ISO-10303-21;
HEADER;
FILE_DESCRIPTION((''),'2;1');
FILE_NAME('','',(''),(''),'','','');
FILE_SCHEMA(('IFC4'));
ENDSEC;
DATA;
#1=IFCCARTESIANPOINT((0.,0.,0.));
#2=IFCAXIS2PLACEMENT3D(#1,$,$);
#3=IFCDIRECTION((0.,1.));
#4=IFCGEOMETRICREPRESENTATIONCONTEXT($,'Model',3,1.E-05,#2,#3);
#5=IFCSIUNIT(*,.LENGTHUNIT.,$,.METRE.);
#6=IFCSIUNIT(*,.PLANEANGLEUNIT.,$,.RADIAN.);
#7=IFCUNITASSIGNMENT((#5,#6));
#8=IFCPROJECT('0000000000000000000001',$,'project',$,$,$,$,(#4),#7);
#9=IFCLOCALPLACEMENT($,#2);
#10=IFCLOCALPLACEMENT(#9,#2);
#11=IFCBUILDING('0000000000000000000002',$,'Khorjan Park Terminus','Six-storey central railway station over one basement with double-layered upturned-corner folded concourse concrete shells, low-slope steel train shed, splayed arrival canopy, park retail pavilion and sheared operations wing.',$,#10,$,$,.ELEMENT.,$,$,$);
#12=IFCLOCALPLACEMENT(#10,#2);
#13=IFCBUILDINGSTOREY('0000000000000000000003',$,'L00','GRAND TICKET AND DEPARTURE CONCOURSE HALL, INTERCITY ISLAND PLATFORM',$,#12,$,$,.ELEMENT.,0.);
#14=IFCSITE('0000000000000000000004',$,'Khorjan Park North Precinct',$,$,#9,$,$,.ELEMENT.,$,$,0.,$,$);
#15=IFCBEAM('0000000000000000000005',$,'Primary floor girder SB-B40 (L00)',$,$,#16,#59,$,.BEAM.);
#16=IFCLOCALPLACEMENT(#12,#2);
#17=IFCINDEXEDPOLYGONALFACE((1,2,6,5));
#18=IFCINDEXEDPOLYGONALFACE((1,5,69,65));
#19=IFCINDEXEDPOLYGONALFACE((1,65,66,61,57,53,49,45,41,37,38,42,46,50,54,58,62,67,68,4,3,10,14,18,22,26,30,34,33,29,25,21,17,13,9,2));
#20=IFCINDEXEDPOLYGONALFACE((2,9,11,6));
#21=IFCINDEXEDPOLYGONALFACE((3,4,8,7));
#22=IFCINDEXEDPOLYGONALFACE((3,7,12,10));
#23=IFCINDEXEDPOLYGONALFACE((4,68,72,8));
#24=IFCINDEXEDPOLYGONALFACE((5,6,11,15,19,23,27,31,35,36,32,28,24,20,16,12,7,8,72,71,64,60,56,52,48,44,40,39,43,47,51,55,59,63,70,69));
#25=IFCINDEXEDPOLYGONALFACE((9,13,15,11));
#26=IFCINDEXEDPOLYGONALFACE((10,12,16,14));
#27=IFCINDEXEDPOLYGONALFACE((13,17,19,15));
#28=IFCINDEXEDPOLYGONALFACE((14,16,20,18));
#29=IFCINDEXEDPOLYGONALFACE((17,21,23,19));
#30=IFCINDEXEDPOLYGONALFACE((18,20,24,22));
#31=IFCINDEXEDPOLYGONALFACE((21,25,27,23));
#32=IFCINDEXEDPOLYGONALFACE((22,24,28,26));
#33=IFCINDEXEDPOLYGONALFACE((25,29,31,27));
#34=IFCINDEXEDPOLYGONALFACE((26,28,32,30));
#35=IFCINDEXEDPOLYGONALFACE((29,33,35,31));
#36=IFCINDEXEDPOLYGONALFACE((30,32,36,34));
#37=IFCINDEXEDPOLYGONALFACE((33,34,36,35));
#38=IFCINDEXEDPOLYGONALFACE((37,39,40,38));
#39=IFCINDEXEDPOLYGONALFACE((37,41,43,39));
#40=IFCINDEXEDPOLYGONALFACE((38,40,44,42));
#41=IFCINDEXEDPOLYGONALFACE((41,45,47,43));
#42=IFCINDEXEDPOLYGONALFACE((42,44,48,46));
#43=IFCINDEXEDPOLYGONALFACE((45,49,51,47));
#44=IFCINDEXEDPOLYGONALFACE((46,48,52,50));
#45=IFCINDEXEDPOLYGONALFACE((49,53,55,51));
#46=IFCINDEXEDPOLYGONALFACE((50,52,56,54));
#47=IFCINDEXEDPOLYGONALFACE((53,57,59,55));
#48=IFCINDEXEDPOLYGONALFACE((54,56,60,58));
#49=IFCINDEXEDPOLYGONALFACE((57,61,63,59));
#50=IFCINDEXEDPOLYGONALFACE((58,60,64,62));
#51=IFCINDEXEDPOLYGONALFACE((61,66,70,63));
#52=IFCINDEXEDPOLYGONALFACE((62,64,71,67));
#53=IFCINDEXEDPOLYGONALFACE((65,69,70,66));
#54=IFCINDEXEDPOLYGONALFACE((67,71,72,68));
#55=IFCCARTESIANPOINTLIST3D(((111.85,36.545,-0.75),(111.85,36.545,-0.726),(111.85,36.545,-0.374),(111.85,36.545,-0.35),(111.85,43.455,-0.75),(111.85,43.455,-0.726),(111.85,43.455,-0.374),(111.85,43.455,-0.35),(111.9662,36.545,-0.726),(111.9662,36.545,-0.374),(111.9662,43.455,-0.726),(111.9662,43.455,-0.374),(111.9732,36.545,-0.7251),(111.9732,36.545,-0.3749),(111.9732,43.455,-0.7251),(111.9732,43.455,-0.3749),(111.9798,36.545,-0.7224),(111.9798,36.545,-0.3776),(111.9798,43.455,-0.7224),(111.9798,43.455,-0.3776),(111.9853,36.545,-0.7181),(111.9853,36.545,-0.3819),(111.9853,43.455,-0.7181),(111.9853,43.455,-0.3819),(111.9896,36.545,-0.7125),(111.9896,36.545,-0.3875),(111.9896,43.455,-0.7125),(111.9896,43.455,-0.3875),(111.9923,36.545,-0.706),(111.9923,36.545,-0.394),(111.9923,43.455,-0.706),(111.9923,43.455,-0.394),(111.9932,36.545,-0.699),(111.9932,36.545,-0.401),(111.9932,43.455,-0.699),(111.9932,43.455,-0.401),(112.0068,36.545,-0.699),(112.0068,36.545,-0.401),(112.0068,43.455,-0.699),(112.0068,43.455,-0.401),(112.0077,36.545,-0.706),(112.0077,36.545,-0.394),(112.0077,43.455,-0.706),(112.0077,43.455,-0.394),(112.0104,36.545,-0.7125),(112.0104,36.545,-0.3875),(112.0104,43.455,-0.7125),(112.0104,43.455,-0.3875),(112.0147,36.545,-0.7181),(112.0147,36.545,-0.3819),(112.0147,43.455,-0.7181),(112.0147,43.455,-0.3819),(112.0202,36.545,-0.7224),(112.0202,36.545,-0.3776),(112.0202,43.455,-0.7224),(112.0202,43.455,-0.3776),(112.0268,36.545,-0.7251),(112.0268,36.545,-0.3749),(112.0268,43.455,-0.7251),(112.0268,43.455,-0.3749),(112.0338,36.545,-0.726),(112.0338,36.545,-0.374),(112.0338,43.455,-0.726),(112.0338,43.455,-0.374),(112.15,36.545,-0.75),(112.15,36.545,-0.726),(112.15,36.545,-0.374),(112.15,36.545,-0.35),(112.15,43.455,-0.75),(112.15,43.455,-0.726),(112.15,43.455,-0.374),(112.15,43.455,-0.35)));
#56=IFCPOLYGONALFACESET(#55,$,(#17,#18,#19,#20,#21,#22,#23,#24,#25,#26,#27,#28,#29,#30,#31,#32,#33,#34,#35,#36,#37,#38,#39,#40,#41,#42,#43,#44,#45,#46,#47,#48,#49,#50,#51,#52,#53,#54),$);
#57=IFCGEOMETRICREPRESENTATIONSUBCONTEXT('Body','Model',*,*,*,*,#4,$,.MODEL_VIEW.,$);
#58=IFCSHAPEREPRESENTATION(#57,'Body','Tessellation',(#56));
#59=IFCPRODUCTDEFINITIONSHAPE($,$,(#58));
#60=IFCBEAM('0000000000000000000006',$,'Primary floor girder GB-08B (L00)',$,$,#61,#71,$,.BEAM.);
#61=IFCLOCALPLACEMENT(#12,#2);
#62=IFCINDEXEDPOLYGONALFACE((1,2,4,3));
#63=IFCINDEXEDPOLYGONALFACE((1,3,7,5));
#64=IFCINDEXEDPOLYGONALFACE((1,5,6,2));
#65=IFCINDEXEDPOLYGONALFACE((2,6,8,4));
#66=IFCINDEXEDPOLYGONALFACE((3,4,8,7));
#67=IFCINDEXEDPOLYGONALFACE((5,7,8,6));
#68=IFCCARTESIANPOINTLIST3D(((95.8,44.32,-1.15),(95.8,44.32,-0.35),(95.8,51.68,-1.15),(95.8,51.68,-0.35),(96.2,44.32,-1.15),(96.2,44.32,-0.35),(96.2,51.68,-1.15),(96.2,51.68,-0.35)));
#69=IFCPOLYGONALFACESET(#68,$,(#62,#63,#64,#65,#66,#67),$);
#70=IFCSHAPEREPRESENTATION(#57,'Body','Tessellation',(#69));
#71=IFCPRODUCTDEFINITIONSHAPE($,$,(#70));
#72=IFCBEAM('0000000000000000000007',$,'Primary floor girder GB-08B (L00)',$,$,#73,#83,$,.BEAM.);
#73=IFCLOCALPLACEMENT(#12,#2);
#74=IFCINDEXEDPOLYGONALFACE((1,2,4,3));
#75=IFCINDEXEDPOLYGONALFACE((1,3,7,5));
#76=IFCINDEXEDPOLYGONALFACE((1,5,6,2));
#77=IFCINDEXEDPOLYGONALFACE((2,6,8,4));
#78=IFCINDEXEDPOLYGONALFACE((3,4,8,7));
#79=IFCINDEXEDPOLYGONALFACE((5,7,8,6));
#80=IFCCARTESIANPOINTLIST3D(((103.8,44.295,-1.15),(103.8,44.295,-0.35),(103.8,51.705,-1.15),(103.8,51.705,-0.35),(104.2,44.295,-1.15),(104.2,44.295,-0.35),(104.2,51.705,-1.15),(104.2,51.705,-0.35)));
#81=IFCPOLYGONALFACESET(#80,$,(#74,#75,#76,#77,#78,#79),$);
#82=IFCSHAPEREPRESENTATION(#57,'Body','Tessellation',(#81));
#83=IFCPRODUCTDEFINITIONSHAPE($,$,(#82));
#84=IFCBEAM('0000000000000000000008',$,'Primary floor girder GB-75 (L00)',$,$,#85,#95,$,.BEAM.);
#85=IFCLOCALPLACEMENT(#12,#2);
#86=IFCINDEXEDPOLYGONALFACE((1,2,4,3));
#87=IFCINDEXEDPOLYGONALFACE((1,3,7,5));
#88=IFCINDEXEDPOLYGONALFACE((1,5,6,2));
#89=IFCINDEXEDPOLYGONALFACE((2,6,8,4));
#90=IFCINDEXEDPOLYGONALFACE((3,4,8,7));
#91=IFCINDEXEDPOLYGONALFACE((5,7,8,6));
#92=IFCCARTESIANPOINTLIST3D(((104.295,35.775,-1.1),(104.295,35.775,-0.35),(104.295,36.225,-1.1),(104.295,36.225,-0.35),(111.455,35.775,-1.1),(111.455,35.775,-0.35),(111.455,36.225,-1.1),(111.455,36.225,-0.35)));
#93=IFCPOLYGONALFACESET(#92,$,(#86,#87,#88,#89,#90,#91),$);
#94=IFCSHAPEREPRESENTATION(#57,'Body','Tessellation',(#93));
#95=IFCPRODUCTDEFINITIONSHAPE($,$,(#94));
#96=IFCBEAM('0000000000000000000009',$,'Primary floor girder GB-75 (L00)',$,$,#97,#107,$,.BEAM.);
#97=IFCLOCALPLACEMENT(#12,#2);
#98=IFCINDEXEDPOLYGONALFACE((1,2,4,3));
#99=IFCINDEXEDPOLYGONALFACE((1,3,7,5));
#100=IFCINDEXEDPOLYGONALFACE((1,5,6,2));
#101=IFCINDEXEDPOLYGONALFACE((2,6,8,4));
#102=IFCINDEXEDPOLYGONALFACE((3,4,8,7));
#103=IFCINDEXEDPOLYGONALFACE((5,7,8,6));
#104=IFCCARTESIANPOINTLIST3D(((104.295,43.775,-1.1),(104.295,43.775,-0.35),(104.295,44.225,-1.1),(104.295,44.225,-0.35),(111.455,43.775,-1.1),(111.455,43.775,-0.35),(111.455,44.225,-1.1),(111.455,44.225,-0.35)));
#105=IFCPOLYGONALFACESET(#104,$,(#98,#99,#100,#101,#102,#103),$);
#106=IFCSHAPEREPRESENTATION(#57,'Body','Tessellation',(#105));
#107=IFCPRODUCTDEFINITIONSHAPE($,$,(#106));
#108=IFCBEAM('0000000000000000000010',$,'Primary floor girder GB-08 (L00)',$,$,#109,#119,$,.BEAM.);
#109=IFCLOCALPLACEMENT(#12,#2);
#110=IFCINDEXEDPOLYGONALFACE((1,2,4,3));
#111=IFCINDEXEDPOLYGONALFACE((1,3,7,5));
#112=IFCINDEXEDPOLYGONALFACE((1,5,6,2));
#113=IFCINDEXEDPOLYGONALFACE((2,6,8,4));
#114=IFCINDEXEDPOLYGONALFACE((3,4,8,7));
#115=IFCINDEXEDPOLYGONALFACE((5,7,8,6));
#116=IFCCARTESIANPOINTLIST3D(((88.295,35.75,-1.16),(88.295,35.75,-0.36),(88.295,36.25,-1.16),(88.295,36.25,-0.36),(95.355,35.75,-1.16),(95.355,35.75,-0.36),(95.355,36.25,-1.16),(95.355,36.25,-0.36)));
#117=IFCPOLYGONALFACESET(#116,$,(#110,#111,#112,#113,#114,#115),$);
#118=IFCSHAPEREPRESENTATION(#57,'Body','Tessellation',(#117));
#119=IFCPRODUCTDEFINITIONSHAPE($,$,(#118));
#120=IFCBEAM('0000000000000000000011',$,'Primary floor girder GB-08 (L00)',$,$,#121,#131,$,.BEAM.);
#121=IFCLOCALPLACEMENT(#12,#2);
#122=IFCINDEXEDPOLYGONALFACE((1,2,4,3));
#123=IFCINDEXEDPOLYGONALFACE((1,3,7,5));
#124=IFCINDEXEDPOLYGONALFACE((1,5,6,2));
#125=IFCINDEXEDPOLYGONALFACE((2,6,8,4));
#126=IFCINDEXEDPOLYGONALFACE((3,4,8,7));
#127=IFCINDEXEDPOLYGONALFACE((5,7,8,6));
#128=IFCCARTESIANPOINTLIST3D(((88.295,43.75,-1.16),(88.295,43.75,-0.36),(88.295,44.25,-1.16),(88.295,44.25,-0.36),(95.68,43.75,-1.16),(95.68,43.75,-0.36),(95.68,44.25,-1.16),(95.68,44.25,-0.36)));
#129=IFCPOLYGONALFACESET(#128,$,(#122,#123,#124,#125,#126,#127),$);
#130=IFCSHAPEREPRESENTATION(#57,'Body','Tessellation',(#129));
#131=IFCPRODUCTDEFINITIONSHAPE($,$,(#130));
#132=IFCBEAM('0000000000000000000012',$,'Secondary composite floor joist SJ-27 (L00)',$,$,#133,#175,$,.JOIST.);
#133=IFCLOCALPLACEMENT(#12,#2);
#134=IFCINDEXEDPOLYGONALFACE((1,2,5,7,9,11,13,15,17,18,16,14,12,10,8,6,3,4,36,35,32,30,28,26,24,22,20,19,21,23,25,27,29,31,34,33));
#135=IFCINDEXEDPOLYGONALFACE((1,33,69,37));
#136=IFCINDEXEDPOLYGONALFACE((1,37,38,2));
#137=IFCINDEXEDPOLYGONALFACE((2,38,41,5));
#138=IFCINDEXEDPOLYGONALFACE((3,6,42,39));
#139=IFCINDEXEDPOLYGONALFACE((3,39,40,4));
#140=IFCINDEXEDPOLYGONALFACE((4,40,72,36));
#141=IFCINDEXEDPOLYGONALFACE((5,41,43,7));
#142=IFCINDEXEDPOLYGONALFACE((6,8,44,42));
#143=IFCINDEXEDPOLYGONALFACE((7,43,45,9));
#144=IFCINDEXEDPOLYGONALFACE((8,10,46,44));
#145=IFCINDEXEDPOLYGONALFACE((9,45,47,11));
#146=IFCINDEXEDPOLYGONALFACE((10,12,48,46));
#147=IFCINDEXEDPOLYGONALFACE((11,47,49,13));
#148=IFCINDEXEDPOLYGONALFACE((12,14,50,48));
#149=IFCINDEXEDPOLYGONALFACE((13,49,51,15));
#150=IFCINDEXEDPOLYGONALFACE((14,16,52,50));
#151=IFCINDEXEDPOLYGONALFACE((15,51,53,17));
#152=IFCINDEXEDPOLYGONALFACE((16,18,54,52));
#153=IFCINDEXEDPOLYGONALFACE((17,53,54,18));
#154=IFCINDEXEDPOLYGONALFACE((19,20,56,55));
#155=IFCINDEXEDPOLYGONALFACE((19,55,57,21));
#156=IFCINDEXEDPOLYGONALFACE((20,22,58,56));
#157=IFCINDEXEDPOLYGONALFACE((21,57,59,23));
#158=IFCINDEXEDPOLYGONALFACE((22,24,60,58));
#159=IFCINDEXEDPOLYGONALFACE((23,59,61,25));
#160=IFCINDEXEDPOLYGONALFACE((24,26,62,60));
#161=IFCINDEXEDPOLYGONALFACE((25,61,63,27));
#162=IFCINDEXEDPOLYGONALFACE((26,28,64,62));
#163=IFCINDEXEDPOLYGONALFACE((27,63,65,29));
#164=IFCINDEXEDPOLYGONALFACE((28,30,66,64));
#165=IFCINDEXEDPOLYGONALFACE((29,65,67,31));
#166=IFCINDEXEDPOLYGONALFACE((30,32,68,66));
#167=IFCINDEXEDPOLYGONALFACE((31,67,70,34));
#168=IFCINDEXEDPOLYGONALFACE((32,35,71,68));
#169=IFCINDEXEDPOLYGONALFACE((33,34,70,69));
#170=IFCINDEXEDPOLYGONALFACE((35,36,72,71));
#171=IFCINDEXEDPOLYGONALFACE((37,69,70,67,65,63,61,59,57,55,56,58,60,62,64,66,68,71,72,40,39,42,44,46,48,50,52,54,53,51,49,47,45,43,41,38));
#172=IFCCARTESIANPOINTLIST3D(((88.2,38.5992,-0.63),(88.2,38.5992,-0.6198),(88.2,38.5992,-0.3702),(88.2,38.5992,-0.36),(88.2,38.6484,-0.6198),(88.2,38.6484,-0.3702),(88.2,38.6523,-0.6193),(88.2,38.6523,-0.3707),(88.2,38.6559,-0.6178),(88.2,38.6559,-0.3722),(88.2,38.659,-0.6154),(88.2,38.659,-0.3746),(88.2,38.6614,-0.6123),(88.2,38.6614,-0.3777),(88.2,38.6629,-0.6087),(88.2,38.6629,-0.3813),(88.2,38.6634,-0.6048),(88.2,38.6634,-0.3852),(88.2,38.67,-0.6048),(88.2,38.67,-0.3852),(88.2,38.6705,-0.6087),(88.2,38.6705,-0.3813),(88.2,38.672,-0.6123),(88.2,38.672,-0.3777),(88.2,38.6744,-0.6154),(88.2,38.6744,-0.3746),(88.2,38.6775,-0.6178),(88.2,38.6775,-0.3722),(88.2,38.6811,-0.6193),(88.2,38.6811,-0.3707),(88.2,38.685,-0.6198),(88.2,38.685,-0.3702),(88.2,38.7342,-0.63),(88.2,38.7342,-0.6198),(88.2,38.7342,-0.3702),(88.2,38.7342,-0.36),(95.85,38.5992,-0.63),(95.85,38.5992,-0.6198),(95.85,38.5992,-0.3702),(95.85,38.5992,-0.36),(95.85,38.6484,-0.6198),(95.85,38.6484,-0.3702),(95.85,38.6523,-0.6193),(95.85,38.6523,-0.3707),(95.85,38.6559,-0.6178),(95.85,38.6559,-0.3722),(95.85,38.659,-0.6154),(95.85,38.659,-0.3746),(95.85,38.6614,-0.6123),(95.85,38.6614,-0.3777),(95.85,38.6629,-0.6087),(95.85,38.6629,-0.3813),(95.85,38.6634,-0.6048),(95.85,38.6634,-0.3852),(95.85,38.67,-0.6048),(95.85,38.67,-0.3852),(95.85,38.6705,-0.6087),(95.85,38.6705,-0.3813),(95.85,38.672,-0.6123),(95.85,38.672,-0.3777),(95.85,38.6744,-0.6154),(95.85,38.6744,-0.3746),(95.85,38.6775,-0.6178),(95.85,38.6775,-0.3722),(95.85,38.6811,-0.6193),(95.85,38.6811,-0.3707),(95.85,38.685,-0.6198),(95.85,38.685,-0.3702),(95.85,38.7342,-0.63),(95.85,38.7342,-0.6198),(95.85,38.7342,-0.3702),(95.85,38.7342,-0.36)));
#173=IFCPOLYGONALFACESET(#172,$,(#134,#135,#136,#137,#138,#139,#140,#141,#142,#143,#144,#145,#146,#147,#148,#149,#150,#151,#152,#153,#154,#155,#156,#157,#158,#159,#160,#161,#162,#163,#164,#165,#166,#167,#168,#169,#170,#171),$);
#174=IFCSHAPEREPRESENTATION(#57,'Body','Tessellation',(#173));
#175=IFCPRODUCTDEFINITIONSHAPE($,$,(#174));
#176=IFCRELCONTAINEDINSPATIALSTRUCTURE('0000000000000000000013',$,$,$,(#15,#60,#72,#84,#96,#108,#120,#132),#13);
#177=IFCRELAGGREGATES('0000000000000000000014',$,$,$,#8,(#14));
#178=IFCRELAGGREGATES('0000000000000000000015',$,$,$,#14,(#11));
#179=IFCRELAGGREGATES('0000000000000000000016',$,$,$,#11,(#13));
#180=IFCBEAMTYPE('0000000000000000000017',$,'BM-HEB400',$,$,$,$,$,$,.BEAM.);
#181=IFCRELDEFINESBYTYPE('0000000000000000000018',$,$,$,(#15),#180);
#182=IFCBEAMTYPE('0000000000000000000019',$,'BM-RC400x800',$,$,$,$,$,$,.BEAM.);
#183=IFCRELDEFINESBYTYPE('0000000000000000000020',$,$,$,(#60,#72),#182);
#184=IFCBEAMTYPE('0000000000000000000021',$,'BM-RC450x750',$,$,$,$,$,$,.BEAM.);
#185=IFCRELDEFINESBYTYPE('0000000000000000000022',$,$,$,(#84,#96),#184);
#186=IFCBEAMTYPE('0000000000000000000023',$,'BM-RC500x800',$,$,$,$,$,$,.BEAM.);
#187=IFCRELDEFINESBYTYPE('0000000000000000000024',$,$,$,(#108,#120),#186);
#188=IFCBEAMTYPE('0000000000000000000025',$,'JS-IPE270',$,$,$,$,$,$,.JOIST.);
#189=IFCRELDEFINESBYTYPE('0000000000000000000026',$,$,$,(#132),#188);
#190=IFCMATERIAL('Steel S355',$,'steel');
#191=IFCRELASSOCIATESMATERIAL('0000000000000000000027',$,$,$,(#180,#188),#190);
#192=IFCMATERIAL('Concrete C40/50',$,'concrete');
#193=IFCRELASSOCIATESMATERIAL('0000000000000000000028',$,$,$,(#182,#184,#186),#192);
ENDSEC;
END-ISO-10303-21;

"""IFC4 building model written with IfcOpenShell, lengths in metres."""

from ifc_helpers import new_model, si_unit, direction, frame, origin, origin_2d, place, context, subcontext, project, spatial, rectangle, i_section, extrude, material, material_profile, profile_set, type_object, element, save


model = new_model("IFC4")

# Units and contexts
model_context = context("Model", 3, precision=1e-05, world=origin(), true_north=direction((0.0, 1.0)))
body_context = subcontext(model_context, "Body", "Model", "MODEL_VIEW")
ifc_project = project(units=[si_unit("LENGTHUNIT", "METRE"), si_unit("PLANEANGLEUNIT", "RADIAN")], contexts=[model_context])

# Site, building, storey
site_placement = place(None, origin())
site = spatial("IfcSite", under=ifc_project, at=site_placement, Name="Khorjan Park North Precinct", CompositionType="ELEMENT", RefElevation=0.0)
building_placement = place(site_placement, origin())
building = spatial("IfcBuilding", under=site, at=building_placement, Name="Khorjan Park Terminus", Description="Six-storey central railway station over one basement with double-layered upturned-corner folded concourse concrete shells, low-slope steel train shed, splayed arrival canopy, park retail pavilion and sheared operations wing.", CompositionType="ELEMENT")
storey_placement = place(building_placement, origin())
storey = spatial("IfcBuildingStorey", under=building, at=storey_placement, Name="L00", Description="GRAND TICKET AND DEPARTURE CONCOURSE HALL, INTERCITY ISLAND PLATFORM", CompositionType="ELEMENT", Elevation=0.0)

# Beams
ifc_material_1 = material(Name="Steel S355", Category="steel")
ifc_material_profile_1 = material_profile(ifc_material_1, i_section(OverallWidth=0.3, OverallDepth=0.4, WebThickness=0.0135, FlangeThickness=0.024, FilletRadius=0.027, at=origin_2d()), Name="HEB 400")
ifc_profile_set_1 = profile_set([ifc_material_profile_1], Name="Steel S355")
beam_type_1 = type_object("IfcBeamType", Name="BM-HEB400", PredefinedType="BEAM", material=ifc_profile_set_1)
beam_1_placement = place(storey_placement, frame((112.0, 36.545, -0.55), z_axis=(0.0, 1.0, 0.0), x_axis=(-1.0, 0.0, 0.0)))
element("IfcBeam", 1, at=beam_1_placement, inside=storey, type_object=beam_type_1, Name="Primary floor girder SB-B40 (L00)", PredefinedType="BEAM", context=body_context, shape_type="SweptSolid", body=[
    extrude(i_section(OverallWidth=0.3, OverallDepth=0.4, WebThickness=0.0135, FlangeThickness=0.024, FilletRadius=0.027, at=origin_2d()), origin(), (0.0, 0.0, 1.0), 6.91),
])
ifc_material_2 = material(Name="Concrete C40/50", Category="concrete")
ifc_material_profile_2 = material_profile(ifc_material_2, rectangle(XDim=0.4, YDim=0.8, at=origin_2d()), Name="RC 400x800")
ifc_profile_set_2 = profile_set([ifc_material_profile_2], Name="Concrete C40/50")
beam_type_2 = type_object("IfcBeamType", Name="BM-RC400x800", PredefinedType="BEAM", material=ifc_profile_set_2)
beam_2_placement = place(storey_placement, frame((96.0, 44.32, -0.75), z_axis=(0.0, 1.0, 0.0), x_axis=(-1.0, 0.0, 0.0)))
element("IfcBeam", 2, at=beam_2_placement, inside=storey, type_object=beam_type_2, Name="Primary floor girder GB-08B (L00)", PredefinedType="BEAM", context=body_context, shape_type="SweptSolid", body=[
    extrude(rectangle(XDim=0.4, YDim=0.8, at=origin_2d()), origin(), (0.0, 0.0, 1.0), 7.36),
])
beam_3_placement = place(storey_placement, frame((104.0, 44.295, -0.75), z_axis=(0.0, 1.0, 0.0), x_axis=(-1.0, 0.0, 0.0)))
element("IfcBeam", 3, at=beam_3_placement, inside=storey, type_object=beam_type_2, Name="Primary floor girder GB-08B (L00)", PredefinedType="BEAM", context=body_context, shape_type="SweptSolid", body=[
    extrude(rectangle(XDim=0.4, YDim=0.8, at=origin_2d()), origin(), (0.0, 0.0, 1.0), 7.41),
])
ifc_material_profile_3 = material_profile(ifc_material_2, rectangle(XDim=0.45, YDim=0.75, at=origin_2d()), Name="RC 450x750")
ifc_profile_set_3 = profile_set([ifc_material_profile_3], Name="Concrete C40/50")
beam_type_3 = type_object("IfcBeamType", Name="BM-RC450x750", PredefinedType="BEAM", material=ifc_profile_set_3)
for number, where, z_axis, x_axis, name in (
    (4, (104.295, 36.0, -0.725), (1.0, 0.0, 0.0), (0.0, 1.0, 0.0), "Primary floor girder GB-75 (L00)"),
    (5, (104.295, 44.0, -0.725), (1.0, 0.0, 0.0), (0.0, 1.0, 0.0), "Primary floor girder GB-75 (L00)"),
):
    element("IfcBeam", number, at=place(storey_placement, frame(where, z_axis=z_axis, x_axis=x_axis)), inside=storey, type_object=beam_type_3, Name=name, PredefinedType="BEAM", context=body_context, shape_type="SweptSolid", body=[
        extrude(rectangle(XDim=0.45, YDim=0.75, at=origin_2d()), origin(), (0.0, 0.0, 1.0), 7.16),
    ])
ifc_material_profile_4 = material_profile(ifc_material_2, rectangle(XDim=0.5, YDim=0.8, at=origin_2d()), Name="RC 500x800")
ifc_profile_set_4 = profile_set([ifc_material_profile_4], Name="Concrete C40/50")
beam_type_4 = type_object("IfcBeamType", Name="BM-RC500x800", PredefinedType="BEAM", material=ifc_profile_set_4)
beam_4_placement = place(storey_placement, frame((88.295, 36.0, -0.76), z_axis=(1.0, 0.0, 0.0), x_axis=(0.0, 1.0, 0.0)))
element("IfcBeam", 6, at=beam_4_placement, inside=storey, type_object=beam_type_4, Name="Primary floor girder GB-08 (L00)", PredefinedType="BEAM", context=body_context, shape_type="SweptSolid", body=[
    extrude(rectangle(XDim=0.5, YDim=0.8, at=origin_2d()), origin(), (0.0, 0.0, 1.0), 7.06),
])
beam_5_placement = place(storey_placement, frame((88.295, 44.0, -0.76), z_axis=(1.0, 0.0, 0.0), x_axis=(0.0, 1.0, 0.0)))
element("IfcBeam", 7, at=beam_5_placement, inside=storey, type_object=beam_type_4, Name="Primary floor girder GB-08 (L00)", PredefinedType="BEAM", context=body_context, shape_type="SweptSolid", body=[
    extrude(rectangle(XDim=0.5, YDim=0.8, at=origin_2d()), origin(), (0.0, 0.0, 1.0), 7.385),
])
ifc_material_profile_5 = material_profile(ifc_material_1, i_section(OverallWidth=0.135, OverallDepth=0.27, WebThickness=0.0066, FlangeThickness=0.0102, FilletRadius=0.015, at=origin_2d()), Name="IPE 270")
ifc_profile_set_5 = profile_set([ifc_material_profile_5], Name="Steel S355")
beam_type_5 = type_object("IfcBeamType", Name="JS-IPE270", PredefinedType="JOIST", material=ifc_profile_set_5)
beam_6_placement = place(storey_placement, frame((88.2, 38.6667, -0.495), z_axis=(1.0, 0.0, 0.0), x_axis=(0.0, 1.0, 0.0)))
element("IfcBeam", 8, at=beam_6_placement, inside=storey, type_object=beam_type_5, Name="Secondary composite floor joist SJ-27 (L00)", PredefinedType="JOIST", context=body_context, shape_type="SweptSolid", body=[
    extrude(i_section(OverallWidth=0.135, OverallDepth=0.27, WebThickness=0.0066, FlangeThickness=0.0102, FilletRadius=0.015, at=origin_2d()), origin(), (0.0, 0.0, 1.0), 7.65),
])

save(model, "model.ifc")
